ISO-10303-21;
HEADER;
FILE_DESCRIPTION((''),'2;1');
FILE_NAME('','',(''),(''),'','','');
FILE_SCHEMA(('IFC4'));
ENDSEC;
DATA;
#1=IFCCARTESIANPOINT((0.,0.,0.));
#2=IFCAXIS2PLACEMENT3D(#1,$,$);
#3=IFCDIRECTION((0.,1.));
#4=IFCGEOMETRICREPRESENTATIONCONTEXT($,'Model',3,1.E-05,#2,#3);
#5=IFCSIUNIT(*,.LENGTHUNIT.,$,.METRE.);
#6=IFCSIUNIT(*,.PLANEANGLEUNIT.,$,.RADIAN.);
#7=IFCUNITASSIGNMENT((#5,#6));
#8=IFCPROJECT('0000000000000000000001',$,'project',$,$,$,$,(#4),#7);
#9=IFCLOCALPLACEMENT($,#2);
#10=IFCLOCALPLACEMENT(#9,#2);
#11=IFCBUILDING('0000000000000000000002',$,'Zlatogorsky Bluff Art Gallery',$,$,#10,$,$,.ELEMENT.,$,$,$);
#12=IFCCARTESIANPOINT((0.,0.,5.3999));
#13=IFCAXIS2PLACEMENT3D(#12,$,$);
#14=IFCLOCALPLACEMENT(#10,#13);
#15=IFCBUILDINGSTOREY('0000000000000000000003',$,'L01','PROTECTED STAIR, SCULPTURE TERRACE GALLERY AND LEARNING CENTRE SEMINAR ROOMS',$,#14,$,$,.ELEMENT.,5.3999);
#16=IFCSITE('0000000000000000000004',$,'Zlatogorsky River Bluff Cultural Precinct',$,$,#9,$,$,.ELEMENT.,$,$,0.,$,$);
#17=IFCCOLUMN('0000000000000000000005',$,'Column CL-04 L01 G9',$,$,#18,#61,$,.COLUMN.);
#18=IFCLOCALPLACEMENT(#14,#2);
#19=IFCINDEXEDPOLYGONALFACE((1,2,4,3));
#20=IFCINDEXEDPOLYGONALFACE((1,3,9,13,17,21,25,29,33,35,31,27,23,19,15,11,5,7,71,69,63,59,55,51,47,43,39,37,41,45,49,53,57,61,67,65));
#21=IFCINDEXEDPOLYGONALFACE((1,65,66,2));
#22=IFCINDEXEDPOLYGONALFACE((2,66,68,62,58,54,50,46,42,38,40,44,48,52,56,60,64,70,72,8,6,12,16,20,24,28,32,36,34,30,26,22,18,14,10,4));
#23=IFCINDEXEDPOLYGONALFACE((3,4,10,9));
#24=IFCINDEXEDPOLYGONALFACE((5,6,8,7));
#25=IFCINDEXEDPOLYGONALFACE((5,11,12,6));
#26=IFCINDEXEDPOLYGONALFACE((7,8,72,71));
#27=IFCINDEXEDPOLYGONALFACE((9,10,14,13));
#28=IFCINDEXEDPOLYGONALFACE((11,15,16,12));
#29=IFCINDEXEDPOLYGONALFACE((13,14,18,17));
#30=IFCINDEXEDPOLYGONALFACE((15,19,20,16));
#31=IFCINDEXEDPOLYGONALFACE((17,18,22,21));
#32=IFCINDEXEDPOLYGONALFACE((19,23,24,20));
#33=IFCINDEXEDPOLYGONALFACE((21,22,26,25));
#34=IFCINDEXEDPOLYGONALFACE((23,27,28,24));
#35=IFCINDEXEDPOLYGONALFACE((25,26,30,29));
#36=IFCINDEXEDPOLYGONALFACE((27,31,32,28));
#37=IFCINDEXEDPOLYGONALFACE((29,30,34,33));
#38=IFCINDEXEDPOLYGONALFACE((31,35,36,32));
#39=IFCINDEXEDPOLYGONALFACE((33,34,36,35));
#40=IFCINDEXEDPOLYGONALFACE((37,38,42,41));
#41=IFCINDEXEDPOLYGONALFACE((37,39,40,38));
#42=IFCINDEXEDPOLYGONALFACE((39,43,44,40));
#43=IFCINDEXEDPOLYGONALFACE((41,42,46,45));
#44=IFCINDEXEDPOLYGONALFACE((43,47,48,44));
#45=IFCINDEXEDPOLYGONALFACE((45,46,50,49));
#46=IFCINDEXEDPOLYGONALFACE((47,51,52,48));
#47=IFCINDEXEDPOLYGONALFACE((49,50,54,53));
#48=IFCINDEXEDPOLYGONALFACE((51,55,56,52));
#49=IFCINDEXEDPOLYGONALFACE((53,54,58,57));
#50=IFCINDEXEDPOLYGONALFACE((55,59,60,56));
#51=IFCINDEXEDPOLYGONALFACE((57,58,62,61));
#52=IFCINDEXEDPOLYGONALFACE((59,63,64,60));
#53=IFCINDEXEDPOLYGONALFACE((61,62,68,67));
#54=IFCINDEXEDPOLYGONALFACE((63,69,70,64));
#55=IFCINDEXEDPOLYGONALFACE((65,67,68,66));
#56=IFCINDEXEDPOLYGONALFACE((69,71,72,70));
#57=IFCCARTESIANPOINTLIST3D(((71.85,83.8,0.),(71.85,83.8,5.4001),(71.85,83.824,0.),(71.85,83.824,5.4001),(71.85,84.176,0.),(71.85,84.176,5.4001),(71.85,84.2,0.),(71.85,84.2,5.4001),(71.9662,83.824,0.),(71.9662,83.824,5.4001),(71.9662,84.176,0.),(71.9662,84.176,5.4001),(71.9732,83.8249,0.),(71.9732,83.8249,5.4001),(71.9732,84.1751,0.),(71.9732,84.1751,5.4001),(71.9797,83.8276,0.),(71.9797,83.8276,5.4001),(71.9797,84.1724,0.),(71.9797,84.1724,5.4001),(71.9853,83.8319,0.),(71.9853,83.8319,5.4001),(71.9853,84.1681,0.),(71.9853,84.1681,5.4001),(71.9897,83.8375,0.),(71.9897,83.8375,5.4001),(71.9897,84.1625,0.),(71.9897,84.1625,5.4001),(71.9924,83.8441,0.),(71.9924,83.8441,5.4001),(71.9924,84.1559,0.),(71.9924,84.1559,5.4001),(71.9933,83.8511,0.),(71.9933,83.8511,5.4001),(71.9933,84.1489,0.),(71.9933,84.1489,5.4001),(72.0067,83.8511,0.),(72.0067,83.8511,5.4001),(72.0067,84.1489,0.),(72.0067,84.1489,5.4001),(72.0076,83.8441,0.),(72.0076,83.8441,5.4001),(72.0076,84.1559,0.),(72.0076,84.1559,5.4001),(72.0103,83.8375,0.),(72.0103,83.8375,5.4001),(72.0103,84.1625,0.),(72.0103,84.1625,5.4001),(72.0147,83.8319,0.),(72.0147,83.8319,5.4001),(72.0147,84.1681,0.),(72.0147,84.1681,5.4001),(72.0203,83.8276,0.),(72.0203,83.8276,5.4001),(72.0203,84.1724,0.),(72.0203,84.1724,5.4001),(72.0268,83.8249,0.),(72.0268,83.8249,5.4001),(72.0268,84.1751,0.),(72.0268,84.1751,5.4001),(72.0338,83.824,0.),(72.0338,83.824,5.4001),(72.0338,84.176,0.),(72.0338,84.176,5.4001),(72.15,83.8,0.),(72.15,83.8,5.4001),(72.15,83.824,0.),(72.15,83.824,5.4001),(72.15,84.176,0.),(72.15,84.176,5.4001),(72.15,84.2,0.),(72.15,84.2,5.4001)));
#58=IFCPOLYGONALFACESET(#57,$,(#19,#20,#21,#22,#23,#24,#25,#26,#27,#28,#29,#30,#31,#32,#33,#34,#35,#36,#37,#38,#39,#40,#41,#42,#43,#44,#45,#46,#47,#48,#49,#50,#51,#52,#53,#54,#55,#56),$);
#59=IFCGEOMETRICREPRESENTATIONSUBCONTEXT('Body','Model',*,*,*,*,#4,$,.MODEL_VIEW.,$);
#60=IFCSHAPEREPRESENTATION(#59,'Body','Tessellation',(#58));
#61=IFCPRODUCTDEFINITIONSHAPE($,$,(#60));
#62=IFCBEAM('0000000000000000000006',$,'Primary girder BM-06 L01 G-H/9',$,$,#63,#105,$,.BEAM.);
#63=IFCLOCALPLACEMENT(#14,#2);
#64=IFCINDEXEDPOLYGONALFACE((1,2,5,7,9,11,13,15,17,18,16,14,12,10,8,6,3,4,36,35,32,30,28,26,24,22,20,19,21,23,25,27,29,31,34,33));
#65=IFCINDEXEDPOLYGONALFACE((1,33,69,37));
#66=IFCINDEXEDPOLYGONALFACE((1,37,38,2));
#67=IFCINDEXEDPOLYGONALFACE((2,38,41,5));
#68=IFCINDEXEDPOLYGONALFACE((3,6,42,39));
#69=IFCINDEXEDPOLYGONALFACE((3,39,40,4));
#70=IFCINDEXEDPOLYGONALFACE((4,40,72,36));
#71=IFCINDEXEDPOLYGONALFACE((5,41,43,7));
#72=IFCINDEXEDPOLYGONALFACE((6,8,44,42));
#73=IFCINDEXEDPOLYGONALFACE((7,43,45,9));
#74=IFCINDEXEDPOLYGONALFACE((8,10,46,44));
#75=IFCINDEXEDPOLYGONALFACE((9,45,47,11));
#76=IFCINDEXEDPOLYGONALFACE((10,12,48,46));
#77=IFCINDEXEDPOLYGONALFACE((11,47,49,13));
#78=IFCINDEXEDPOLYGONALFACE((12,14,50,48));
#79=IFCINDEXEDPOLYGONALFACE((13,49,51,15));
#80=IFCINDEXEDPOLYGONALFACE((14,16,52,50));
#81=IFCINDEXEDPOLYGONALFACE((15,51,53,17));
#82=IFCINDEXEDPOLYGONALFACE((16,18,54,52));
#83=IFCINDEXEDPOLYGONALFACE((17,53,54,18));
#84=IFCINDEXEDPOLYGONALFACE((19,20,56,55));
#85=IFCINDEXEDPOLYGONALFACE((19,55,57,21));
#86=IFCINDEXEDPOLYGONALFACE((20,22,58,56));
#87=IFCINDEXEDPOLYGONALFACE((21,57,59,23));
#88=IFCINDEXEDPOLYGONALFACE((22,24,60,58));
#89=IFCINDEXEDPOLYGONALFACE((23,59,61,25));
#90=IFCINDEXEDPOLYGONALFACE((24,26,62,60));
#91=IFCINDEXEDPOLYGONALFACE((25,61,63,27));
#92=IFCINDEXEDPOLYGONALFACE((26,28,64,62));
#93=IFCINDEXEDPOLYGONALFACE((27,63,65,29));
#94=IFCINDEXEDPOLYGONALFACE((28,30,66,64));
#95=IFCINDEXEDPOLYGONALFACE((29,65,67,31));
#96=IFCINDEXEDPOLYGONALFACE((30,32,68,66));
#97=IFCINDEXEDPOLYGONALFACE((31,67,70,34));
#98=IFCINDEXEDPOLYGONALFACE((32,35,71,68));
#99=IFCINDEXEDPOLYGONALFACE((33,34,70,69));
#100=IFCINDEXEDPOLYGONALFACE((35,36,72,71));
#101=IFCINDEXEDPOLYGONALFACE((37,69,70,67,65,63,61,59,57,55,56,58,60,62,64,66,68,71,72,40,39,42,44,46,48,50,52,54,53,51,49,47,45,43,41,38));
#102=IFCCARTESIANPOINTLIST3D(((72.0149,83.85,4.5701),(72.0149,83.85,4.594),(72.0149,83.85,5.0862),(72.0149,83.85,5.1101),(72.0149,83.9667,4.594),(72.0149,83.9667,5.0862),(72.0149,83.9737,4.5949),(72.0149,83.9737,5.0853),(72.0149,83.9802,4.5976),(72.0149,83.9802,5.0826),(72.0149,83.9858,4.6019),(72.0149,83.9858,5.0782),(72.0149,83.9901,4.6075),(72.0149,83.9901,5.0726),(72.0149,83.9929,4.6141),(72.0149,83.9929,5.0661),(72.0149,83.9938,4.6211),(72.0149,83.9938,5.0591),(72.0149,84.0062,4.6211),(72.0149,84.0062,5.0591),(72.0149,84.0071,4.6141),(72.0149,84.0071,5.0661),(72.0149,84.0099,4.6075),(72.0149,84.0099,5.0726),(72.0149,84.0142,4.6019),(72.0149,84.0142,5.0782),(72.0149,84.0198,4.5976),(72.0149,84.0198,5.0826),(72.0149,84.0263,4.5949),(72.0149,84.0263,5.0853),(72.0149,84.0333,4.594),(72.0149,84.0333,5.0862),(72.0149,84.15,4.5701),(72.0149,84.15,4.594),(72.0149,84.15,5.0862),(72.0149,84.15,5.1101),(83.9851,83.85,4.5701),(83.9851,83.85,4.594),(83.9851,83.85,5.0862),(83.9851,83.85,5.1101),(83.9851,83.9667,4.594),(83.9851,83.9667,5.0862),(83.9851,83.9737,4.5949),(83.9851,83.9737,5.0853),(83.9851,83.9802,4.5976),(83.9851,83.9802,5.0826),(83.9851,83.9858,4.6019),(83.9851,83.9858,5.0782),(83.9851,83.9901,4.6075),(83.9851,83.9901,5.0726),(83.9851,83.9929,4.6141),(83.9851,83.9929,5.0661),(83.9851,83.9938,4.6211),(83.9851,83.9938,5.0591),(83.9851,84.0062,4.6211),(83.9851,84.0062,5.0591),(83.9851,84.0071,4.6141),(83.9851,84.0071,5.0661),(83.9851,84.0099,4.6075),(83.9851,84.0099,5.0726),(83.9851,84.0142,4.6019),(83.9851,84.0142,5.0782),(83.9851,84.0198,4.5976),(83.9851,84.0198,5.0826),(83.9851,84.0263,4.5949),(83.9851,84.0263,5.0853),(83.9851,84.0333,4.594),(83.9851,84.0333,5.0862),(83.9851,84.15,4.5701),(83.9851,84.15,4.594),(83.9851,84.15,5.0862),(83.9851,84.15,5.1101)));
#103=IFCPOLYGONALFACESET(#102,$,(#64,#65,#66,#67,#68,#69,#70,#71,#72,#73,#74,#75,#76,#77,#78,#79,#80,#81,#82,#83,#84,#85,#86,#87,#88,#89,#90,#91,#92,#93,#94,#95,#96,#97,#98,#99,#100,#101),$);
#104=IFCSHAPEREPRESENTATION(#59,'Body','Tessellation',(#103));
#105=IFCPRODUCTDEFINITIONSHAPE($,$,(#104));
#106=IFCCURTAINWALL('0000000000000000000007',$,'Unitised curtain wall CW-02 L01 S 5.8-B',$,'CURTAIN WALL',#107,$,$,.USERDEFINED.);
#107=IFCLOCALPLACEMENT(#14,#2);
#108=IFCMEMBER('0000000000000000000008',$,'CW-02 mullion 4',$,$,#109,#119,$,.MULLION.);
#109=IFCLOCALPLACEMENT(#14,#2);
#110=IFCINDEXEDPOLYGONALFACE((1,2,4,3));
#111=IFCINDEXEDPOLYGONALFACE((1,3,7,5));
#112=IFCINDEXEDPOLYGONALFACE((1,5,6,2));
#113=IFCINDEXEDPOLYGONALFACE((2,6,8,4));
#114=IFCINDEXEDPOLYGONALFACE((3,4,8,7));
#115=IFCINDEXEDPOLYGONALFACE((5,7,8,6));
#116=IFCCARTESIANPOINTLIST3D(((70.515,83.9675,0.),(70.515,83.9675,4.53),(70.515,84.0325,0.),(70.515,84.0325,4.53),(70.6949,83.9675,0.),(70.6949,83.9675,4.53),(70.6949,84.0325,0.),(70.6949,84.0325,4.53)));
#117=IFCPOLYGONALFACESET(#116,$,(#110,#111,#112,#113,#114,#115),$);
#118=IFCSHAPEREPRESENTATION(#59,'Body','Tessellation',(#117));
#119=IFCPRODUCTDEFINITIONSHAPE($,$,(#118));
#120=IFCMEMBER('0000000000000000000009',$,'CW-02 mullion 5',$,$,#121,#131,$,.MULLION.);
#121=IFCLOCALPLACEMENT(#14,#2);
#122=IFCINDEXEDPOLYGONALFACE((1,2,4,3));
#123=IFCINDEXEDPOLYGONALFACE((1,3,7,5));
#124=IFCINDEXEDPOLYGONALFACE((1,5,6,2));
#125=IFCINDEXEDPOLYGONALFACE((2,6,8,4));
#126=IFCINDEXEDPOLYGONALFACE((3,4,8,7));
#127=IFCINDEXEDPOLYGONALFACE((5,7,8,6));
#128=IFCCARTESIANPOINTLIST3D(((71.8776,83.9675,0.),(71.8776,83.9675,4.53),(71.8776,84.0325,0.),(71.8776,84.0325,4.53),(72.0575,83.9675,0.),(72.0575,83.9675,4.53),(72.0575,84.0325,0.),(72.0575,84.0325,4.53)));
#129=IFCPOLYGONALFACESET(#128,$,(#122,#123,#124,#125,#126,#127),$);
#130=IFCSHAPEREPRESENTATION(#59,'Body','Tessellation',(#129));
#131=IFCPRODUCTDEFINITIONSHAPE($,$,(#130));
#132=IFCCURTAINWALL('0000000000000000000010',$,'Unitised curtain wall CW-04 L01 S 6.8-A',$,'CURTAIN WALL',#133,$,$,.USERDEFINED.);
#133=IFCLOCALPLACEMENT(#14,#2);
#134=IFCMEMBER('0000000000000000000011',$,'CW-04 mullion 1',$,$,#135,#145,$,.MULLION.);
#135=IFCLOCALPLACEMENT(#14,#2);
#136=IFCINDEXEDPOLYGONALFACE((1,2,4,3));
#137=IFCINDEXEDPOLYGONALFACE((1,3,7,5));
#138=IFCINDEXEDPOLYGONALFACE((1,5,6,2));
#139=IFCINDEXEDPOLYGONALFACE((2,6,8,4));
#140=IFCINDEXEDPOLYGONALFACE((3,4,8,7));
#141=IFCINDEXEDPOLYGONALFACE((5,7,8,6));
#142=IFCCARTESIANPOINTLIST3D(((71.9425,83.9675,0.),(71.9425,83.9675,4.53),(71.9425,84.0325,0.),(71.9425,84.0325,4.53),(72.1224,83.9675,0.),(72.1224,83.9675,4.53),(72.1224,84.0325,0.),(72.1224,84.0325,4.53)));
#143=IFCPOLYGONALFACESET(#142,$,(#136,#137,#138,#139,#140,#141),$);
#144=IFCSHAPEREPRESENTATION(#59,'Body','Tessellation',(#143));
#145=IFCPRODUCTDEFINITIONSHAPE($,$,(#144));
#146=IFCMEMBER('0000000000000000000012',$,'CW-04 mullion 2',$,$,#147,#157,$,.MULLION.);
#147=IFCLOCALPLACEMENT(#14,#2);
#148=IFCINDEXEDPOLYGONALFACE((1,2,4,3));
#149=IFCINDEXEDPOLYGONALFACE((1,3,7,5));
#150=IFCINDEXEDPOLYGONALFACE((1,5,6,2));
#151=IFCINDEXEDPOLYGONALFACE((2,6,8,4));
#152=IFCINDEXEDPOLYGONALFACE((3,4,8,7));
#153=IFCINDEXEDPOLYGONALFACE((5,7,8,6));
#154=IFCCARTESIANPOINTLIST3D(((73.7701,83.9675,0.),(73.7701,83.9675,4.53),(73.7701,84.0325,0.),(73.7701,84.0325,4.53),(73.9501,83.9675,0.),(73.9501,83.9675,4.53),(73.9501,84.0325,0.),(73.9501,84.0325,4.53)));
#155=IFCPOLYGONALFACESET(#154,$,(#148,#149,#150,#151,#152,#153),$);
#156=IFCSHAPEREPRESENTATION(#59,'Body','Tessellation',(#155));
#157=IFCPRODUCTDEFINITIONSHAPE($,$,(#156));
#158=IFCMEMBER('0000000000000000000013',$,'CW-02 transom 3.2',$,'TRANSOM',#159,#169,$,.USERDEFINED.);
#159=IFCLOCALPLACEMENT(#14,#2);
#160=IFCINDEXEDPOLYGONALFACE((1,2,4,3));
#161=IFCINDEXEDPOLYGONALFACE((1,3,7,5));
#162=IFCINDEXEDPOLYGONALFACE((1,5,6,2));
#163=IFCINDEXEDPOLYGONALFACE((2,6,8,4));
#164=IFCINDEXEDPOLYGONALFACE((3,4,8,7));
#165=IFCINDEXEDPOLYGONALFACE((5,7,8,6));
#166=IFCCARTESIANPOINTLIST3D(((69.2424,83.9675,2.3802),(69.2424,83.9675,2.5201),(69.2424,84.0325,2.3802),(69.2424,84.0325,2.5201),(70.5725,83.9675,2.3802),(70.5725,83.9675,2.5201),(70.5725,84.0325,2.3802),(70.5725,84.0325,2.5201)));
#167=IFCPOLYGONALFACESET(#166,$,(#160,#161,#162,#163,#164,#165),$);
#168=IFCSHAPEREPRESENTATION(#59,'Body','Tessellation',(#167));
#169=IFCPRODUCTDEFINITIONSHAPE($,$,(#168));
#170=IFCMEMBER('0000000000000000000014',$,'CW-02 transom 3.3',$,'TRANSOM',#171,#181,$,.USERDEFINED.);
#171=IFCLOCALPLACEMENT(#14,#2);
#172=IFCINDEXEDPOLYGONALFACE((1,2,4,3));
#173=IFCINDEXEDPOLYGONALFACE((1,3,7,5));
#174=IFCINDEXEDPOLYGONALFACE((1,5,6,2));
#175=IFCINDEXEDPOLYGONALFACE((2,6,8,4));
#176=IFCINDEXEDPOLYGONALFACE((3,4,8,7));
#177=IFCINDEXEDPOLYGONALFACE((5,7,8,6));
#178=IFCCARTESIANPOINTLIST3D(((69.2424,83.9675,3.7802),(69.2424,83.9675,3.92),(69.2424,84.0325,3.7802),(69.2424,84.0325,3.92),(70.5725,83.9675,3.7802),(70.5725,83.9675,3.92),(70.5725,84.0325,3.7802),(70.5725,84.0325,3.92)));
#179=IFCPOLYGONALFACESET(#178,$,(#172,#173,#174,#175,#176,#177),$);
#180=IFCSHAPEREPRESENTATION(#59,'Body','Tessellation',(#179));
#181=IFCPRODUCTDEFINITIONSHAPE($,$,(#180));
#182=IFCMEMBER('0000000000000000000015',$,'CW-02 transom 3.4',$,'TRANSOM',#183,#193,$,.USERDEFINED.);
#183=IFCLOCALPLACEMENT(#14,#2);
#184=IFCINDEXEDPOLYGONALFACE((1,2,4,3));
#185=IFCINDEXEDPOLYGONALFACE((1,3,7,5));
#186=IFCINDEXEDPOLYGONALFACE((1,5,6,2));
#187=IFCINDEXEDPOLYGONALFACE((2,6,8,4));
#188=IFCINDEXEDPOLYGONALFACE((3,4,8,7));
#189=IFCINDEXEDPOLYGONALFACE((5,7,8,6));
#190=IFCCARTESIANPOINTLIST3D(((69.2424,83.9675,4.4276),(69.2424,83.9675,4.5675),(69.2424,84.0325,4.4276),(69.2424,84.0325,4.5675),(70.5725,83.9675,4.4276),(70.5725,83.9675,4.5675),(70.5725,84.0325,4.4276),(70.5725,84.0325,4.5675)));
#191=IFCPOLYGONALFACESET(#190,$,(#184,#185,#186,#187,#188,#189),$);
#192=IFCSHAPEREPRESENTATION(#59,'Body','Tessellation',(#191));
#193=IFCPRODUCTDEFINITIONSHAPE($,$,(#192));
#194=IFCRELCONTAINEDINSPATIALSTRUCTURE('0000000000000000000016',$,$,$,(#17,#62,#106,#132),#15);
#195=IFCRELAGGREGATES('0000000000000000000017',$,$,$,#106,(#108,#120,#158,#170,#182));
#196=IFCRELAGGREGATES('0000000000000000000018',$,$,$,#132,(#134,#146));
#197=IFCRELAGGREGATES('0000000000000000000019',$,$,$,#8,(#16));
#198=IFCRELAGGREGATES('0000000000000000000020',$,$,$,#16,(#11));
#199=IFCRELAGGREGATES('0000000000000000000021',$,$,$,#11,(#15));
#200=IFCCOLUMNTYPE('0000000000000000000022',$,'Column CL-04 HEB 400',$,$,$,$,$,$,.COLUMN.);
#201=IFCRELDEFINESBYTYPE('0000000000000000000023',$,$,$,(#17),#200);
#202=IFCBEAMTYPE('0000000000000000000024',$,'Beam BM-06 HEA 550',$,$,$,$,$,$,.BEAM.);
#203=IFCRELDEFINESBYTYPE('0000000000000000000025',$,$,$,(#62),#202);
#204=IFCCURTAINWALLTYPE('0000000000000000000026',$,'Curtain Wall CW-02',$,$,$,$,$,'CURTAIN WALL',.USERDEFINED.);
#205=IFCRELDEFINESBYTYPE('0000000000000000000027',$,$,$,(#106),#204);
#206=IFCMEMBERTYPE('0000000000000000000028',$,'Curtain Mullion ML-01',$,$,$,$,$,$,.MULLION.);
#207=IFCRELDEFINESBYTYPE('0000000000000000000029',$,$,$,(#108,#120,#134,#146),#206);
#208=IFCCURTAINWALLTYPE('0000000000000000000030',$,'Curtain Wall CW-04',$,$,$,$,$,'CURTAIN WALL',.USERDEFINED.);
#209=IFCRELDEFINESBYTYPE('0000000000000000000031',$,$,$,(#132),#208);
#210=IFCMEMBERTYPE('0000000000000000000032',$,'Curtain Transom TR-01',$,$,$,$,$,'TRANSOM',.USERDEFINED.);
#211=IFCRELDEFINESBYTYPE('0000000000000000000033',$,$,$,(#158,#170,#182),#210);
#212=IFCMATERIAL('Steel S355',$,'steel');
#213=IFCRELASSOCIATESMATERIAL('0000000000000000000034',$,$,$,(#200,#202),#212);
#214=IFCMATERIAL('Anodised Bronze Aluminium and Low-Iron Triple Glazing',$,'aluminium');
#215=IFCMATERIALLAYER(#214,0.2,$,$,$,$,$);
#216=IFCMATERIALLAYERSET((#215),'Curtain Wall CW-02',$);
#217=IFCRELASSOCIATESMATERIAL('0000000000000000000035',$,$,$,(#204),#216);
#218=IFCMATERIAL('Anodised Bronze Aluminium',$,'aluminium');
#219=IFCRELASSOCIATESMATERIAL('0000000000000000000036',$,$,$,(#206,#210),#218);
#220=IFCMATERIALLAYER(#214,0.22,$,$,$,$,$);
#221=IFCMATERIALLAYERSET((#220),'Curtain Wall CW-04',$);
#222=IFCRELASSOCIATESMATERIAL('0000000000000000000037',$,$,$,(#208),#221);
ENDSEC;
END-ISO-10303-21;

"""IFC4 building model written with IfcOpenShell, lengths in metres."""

from ifc_helpers import new_model, si_unit, direction, frame, origin, origin_2d, place, context, subcontext, project, spatial, rectangle, i_section, extrude, material, layer, layer_set, material_profile, profile_set, type_object, element, aggregate, save


model = new_model("IFC4")

# Units and contexts
model_context = context("Model", 3, precision=1e-05, world=origin(), true_north=direction((0.0, 1.0)))
body_context = subcontext(model_context, "Body", "Model", "MODEL_VIEW")
ifc_project = project(units=[si_unit("LENGTHUNIT", "METRE"), si_unit("PLANEANGLEUNIT", "RADIAN")], contexts=[model_context])

# Site, building, storey
site_placement = place(None, origin())
site = spatial("IfcSite", under=ifc_project, at=site_placement, Name="Zlatogorsky River Bluff Cultural Precinct", CompositionType="ELEMENT", RefElevation=0.0)
building_placement = place(site_placement, origin())
building = spatial("IfcBuilding", under=site, at=building_placement, Name="Zlatogorsky Bluff Art Gallery", CompositionType="ELEMENT")
storey_placement = place(building_placement, frame((0.0, 0.0, 5.3999)))
storey = spatial("IfcBuildingStorey", under=building, at=storey_placement, Name="L01", Description="PROTECTED STAIR, SCULPTURE TERRACE GALLERY AND LEARNING CENTRE SEMINAR ROOMS", CompositionType="ELEMENT", Elevation=5.3999)

# Column
ifc_material_1 = material(Name="Steel S355", Category="steel")
ifc_material_profile_1 = material_profile(ifc_material_1, i_section(OverallWidth=0.3, OverallDepth=0.3999, WebThickness=0.0134, FlangeThickness=0.0239, FilletRadius=0.0271, at=origin_2d()), Name="HEB 400")
ifc_profile_set_1 = profile_set([ifc_material_profile_1], Name="Steel S355")
column_type = type_object("IfcColumnType", Name="Column CL-04 HEB 400", PredefinedType="COLUMN", material=ifc_profile_set_1)
column_placement = place(storey_placement, frame((72.0, 84.0, 0.0), z_axis=(0.0, 0.0, 1.0), x_axis=(1.0, 0.0, 0.0)))
element("IfcColumn", 1, at=column_placement, inside=storey, type_object=column_type, Name="Column CL-04 L01 G9", PredefinedType="COLUMN", context=body_context, shape_type="SweptSolid", body=[
    extrude(i_section(OverallWidth=0.3, OverallDepth=0.3999, WebThickness=0.0134, FlangeThickness=0.0239, FilletRadius=0.0271, at=origin_2d()), origin(), (0.0, 0.0, 1.0), 5.4001),
])

# Beam
ifc_material_profile_2 = material_profile(ifc_material_1, i_section(OverallWidth=0.3, OverallDepth=0.54, WebThickness=0.0125, FlangeThickness=0.0239, FilletRadius=0.0271, at=origin_2d()), Name="HEA 550")
ifc_profile_set_2 = profile_set([ifc_material_profile_2], Name="Steel S355")
beam_type = type_object("IfcBeamType", Name="Beam BM-06 HEA 550", PredefinedType="BEAM", material=ifc_profile_set_2)
beam_placement = place(storey_placement, frame((72.0149, 84.0, 4.8401), z_axis=(1.0, 0.0, 0.0), x_axis=(0.0, 1.0, 0.0)))
element("IfcBeam", 2, at=beam_placement, inside=storey, type_object=beam_type, Name="Primary girder BM-06 L01 G-H/9", PredefinedType="BEAM", context=body_context, shape_type="SweptSolid", body=[
    extrude(i_section(OverallWidth=0.3, OverallDepth=0.54, WebThickness=0.0125, FlangeThickness=0.0239, FilletRadius=0.0271, at=origin_2d()), origin(), (0.0, 0.0, 1.0), 11.9702),
])

# Curtain walls, members
ifc_material_2 = material(Name="Anodised Bronze Aluminium and Low-Iron Triple Glazing", Category="aluminium")
ifc_layer_1 = layer(ifc_material_2, 0.2)
ifc_layer_set_1 = layer_set([ifc_layer_1], Name="Curtain Wall CW-02")
curtain_wall_type_1 = type_object("IfcCurtainWallType", Name="Curtain Wall CW-02", ElementType="CURTAIN WALL", PredefinedType="USERDEFINED", material=ifc_layer_set_1)
curtain_wall_1_placement = place(storey_placement, origin())
curtain_wall_1 = element("IfcCurtainWall", 3, at=curtain_wall_1_placement, inside=storey, type_object=curtain_wall_type_1, Name="Unitised curtain wall CW-02 L01 S 5.8-B", ObjectType="CURTAIN WALL", PredefinedType="USERDEFINED")
ifc_material_3 = material(Name="Anodised Bronze Aluminium", Category="aluminium")
ifc_material_profile_3 = material_profile(ifc_material_3, rectangle(XDim=0.0649, YDim=0.1799, at=origin_2d()), Name="ALU MULLION 65x180")
ifc_profile_set_3 = profile_set([ifc_material_profile_3], Name="Anodised Bronze Aluminium")
member_type_1 = type_object("IfcMemberType", Name="Curtain Mullion ML-01", PredefinedType="MULLION", material=ifc_profile_set_3)
member_1_placement = place(storey_placement, frame((70.605, 84.0, 0.0), z_axis=(0.0, 0.0, 1.0), x_axis=(0.0, 1.0, 0.0)))
member_1 = element("IfcMember", 4, at=member_1_placement, type_object=member_type_1, Name="CW-02 mullion 4", PredefinedType="MULLION", context=body_context, shape_type="SweptSolid", body=[
    extrude(rectangle(XDim=0.0649, YDim=0.1799, at=origin_2d()), origin(), (0.0, 0.0, 1.0), 4.53),
])
member_2_placement = place(storey_placement, frame((71.9675, 84.0, 0.0), z_axis=(0.0, 0.0, 1.0), x_axis=(0.0, 1.0, 0.0)))
member_2 = element("IfcMember", 5, at=member_2_placement, type_object=member_type_1, Name="CW-02 mullion 5", PredefinedType="MULLION", context=body_context, shape_type="SweptSolid", body=[
    extrude(rectangle(XDim=0.0649, YDim=0.1799, at=origin_2d()), origin(), (0.0, 0.0, 1.0), 4.53),
])
ifc_layer_2 = layer(ifc_material_2, 0.22)
ifc_layer_set_2 = layer_set([ifc_layer_2], Name="Curtain Wall CW-04")
curtain_wall_type_2 = type_object("IfcCurtainWallType", Name="Curtain Wall CW-04", ElementType="CURTAIN WALL", PredefinedType="USERDEFINED", material=ifc_layer_set_2)
curtain_wall_2_placement = place(storey_placement, origin())
curtain_wall_2 = element("IfcCurtainWall", 6, at=curtain_wall_2_placement, inside=storey, type_object=curtain_wall_type_2, Name="Unitised curtain wall CW-04 L01 S 6.8-A", ObjectType="CURTAIN WALL", PredefinedType="USERDEFINED")
member_3_placement = place(storey_placement, frame((72.0325, 84.0, 0.0), z_axis=(0.0, 0.0, 1.0), x_axis=(0.0, 1.0, 0.0)))
member_3 = element("IfcMember", 7, at=member_3_placement, type_object=member_type_1, Name="CW-04 mullion 1", PredefinedType="MULLION", context=body_context, shape_type="SweptSolid", body=[
    extrude(rectangle(XDim=0.0649, YDim=0.1799, at=origin_2d()), origin(), (0.0, 0.0, 1.0), 4.53),
])
member_4_placement = place(storey_placement, frame((73.8601, 84.0, 0.0), z_axis=(0.0, 0.0, 1.0), x_axis=(0.0, 1.0, 0.0)))
member_4 = element("IfcMember", 8, at=member_4_placement, type_object=member_type_1, Name="CW-04 mullion 2", PredefinedType="MULLION", context=body_context, shape_type="SweptSolid", body=[
    extrude(rectangle(XDim=0.0649, YDim=0.1799, at=origin_2d()), origin(), (0.0, 0.0, 1.0), 4.53),
])

# Members
ifc_material_profile_4 = material_profile(ifc_material_3, rectangle(XDim=0.0649, YDim=0.1399, at=origin_2d()), Name="ALU TRANSOM 65x140")
ifc_profile_set_4 = profile_set([ifc_material_profile_4], Name="Anodised Bronze Aluminium")
member_type_2 = type_object("IfcMemberType", Name="Curtain Transom TR-01", ElementType="TRANSOM", PredefinedType="USERDEFINED", material=ifc_profile_set_4)
member_5_placement = place(storey_placement, frame((69.2424, 84.0, 2.4502), z_axis=(1.0, 0.0, 0.0), x_axis=(0.0, 1.0, 0.0)))
member_5 = element("IfcMember", 9, at=member_5_placement, type_object=member_type_2, Name="CW-02 transom 3.2", ObjectType="TRANSOM", PredefinedType="USERDEFINED", context=body_context, shape_type="SweptSolid", body=[
    extrude(rectangle(XDim=0.0649, YDim=0.1399, at=origin_2d()), origin(), (0.0, 0.0, 1.0), 1.3301),
])
member_6_placement = place(storey_placement, frame((69.2424, 84.0, 3.8501), z_axis=(1.0, 0.0, 0.0), x_axis=(0.0, 1.0, 0.0)))
member_6 = element("IfcMember", 10, at=member_6_placement, type_object=member_type_2, Name="CW-02 transom 3.3", ObjectType="TRANSOM", PredefinedType="USERDEFINED", context=body_context, shape_type="SweptSolid", body=[
    extrude(rectangle(XDim=0.0649, YDim=0.1399, at=origin_2d()), origin(), (0.0, 0.0, 1.0), 1.3301),
])
member_7_placement = place(storey_placement, frame((69.2424, 84.0, 4.4976), z_axis=(1.0, 0.0, 0.0), x_axis=(0.0, 1.0, 0.0)))
member_7 = element("IfcMember", 11, at=member_7_placement, type_object=member_type_2, Name="CW-02 transom 3.4", ObjectType="TRANSOM", PredefinedType="USERDEFINED", context=body_context, shape_type="SweptSolid", body=[
    extrude(rectangle(XDim=0.0649, YDim=0.1399, at=origin_2d()), origin(), (0.0, 0.0, 1.0), 1.3301),
])

aggregate(curtain_wall_1, [member_1, member_2, member_5, member_6, member_7])
aggregate(curtain_wall_2, [member_3, member_4])

save(model, "model.ifc")
